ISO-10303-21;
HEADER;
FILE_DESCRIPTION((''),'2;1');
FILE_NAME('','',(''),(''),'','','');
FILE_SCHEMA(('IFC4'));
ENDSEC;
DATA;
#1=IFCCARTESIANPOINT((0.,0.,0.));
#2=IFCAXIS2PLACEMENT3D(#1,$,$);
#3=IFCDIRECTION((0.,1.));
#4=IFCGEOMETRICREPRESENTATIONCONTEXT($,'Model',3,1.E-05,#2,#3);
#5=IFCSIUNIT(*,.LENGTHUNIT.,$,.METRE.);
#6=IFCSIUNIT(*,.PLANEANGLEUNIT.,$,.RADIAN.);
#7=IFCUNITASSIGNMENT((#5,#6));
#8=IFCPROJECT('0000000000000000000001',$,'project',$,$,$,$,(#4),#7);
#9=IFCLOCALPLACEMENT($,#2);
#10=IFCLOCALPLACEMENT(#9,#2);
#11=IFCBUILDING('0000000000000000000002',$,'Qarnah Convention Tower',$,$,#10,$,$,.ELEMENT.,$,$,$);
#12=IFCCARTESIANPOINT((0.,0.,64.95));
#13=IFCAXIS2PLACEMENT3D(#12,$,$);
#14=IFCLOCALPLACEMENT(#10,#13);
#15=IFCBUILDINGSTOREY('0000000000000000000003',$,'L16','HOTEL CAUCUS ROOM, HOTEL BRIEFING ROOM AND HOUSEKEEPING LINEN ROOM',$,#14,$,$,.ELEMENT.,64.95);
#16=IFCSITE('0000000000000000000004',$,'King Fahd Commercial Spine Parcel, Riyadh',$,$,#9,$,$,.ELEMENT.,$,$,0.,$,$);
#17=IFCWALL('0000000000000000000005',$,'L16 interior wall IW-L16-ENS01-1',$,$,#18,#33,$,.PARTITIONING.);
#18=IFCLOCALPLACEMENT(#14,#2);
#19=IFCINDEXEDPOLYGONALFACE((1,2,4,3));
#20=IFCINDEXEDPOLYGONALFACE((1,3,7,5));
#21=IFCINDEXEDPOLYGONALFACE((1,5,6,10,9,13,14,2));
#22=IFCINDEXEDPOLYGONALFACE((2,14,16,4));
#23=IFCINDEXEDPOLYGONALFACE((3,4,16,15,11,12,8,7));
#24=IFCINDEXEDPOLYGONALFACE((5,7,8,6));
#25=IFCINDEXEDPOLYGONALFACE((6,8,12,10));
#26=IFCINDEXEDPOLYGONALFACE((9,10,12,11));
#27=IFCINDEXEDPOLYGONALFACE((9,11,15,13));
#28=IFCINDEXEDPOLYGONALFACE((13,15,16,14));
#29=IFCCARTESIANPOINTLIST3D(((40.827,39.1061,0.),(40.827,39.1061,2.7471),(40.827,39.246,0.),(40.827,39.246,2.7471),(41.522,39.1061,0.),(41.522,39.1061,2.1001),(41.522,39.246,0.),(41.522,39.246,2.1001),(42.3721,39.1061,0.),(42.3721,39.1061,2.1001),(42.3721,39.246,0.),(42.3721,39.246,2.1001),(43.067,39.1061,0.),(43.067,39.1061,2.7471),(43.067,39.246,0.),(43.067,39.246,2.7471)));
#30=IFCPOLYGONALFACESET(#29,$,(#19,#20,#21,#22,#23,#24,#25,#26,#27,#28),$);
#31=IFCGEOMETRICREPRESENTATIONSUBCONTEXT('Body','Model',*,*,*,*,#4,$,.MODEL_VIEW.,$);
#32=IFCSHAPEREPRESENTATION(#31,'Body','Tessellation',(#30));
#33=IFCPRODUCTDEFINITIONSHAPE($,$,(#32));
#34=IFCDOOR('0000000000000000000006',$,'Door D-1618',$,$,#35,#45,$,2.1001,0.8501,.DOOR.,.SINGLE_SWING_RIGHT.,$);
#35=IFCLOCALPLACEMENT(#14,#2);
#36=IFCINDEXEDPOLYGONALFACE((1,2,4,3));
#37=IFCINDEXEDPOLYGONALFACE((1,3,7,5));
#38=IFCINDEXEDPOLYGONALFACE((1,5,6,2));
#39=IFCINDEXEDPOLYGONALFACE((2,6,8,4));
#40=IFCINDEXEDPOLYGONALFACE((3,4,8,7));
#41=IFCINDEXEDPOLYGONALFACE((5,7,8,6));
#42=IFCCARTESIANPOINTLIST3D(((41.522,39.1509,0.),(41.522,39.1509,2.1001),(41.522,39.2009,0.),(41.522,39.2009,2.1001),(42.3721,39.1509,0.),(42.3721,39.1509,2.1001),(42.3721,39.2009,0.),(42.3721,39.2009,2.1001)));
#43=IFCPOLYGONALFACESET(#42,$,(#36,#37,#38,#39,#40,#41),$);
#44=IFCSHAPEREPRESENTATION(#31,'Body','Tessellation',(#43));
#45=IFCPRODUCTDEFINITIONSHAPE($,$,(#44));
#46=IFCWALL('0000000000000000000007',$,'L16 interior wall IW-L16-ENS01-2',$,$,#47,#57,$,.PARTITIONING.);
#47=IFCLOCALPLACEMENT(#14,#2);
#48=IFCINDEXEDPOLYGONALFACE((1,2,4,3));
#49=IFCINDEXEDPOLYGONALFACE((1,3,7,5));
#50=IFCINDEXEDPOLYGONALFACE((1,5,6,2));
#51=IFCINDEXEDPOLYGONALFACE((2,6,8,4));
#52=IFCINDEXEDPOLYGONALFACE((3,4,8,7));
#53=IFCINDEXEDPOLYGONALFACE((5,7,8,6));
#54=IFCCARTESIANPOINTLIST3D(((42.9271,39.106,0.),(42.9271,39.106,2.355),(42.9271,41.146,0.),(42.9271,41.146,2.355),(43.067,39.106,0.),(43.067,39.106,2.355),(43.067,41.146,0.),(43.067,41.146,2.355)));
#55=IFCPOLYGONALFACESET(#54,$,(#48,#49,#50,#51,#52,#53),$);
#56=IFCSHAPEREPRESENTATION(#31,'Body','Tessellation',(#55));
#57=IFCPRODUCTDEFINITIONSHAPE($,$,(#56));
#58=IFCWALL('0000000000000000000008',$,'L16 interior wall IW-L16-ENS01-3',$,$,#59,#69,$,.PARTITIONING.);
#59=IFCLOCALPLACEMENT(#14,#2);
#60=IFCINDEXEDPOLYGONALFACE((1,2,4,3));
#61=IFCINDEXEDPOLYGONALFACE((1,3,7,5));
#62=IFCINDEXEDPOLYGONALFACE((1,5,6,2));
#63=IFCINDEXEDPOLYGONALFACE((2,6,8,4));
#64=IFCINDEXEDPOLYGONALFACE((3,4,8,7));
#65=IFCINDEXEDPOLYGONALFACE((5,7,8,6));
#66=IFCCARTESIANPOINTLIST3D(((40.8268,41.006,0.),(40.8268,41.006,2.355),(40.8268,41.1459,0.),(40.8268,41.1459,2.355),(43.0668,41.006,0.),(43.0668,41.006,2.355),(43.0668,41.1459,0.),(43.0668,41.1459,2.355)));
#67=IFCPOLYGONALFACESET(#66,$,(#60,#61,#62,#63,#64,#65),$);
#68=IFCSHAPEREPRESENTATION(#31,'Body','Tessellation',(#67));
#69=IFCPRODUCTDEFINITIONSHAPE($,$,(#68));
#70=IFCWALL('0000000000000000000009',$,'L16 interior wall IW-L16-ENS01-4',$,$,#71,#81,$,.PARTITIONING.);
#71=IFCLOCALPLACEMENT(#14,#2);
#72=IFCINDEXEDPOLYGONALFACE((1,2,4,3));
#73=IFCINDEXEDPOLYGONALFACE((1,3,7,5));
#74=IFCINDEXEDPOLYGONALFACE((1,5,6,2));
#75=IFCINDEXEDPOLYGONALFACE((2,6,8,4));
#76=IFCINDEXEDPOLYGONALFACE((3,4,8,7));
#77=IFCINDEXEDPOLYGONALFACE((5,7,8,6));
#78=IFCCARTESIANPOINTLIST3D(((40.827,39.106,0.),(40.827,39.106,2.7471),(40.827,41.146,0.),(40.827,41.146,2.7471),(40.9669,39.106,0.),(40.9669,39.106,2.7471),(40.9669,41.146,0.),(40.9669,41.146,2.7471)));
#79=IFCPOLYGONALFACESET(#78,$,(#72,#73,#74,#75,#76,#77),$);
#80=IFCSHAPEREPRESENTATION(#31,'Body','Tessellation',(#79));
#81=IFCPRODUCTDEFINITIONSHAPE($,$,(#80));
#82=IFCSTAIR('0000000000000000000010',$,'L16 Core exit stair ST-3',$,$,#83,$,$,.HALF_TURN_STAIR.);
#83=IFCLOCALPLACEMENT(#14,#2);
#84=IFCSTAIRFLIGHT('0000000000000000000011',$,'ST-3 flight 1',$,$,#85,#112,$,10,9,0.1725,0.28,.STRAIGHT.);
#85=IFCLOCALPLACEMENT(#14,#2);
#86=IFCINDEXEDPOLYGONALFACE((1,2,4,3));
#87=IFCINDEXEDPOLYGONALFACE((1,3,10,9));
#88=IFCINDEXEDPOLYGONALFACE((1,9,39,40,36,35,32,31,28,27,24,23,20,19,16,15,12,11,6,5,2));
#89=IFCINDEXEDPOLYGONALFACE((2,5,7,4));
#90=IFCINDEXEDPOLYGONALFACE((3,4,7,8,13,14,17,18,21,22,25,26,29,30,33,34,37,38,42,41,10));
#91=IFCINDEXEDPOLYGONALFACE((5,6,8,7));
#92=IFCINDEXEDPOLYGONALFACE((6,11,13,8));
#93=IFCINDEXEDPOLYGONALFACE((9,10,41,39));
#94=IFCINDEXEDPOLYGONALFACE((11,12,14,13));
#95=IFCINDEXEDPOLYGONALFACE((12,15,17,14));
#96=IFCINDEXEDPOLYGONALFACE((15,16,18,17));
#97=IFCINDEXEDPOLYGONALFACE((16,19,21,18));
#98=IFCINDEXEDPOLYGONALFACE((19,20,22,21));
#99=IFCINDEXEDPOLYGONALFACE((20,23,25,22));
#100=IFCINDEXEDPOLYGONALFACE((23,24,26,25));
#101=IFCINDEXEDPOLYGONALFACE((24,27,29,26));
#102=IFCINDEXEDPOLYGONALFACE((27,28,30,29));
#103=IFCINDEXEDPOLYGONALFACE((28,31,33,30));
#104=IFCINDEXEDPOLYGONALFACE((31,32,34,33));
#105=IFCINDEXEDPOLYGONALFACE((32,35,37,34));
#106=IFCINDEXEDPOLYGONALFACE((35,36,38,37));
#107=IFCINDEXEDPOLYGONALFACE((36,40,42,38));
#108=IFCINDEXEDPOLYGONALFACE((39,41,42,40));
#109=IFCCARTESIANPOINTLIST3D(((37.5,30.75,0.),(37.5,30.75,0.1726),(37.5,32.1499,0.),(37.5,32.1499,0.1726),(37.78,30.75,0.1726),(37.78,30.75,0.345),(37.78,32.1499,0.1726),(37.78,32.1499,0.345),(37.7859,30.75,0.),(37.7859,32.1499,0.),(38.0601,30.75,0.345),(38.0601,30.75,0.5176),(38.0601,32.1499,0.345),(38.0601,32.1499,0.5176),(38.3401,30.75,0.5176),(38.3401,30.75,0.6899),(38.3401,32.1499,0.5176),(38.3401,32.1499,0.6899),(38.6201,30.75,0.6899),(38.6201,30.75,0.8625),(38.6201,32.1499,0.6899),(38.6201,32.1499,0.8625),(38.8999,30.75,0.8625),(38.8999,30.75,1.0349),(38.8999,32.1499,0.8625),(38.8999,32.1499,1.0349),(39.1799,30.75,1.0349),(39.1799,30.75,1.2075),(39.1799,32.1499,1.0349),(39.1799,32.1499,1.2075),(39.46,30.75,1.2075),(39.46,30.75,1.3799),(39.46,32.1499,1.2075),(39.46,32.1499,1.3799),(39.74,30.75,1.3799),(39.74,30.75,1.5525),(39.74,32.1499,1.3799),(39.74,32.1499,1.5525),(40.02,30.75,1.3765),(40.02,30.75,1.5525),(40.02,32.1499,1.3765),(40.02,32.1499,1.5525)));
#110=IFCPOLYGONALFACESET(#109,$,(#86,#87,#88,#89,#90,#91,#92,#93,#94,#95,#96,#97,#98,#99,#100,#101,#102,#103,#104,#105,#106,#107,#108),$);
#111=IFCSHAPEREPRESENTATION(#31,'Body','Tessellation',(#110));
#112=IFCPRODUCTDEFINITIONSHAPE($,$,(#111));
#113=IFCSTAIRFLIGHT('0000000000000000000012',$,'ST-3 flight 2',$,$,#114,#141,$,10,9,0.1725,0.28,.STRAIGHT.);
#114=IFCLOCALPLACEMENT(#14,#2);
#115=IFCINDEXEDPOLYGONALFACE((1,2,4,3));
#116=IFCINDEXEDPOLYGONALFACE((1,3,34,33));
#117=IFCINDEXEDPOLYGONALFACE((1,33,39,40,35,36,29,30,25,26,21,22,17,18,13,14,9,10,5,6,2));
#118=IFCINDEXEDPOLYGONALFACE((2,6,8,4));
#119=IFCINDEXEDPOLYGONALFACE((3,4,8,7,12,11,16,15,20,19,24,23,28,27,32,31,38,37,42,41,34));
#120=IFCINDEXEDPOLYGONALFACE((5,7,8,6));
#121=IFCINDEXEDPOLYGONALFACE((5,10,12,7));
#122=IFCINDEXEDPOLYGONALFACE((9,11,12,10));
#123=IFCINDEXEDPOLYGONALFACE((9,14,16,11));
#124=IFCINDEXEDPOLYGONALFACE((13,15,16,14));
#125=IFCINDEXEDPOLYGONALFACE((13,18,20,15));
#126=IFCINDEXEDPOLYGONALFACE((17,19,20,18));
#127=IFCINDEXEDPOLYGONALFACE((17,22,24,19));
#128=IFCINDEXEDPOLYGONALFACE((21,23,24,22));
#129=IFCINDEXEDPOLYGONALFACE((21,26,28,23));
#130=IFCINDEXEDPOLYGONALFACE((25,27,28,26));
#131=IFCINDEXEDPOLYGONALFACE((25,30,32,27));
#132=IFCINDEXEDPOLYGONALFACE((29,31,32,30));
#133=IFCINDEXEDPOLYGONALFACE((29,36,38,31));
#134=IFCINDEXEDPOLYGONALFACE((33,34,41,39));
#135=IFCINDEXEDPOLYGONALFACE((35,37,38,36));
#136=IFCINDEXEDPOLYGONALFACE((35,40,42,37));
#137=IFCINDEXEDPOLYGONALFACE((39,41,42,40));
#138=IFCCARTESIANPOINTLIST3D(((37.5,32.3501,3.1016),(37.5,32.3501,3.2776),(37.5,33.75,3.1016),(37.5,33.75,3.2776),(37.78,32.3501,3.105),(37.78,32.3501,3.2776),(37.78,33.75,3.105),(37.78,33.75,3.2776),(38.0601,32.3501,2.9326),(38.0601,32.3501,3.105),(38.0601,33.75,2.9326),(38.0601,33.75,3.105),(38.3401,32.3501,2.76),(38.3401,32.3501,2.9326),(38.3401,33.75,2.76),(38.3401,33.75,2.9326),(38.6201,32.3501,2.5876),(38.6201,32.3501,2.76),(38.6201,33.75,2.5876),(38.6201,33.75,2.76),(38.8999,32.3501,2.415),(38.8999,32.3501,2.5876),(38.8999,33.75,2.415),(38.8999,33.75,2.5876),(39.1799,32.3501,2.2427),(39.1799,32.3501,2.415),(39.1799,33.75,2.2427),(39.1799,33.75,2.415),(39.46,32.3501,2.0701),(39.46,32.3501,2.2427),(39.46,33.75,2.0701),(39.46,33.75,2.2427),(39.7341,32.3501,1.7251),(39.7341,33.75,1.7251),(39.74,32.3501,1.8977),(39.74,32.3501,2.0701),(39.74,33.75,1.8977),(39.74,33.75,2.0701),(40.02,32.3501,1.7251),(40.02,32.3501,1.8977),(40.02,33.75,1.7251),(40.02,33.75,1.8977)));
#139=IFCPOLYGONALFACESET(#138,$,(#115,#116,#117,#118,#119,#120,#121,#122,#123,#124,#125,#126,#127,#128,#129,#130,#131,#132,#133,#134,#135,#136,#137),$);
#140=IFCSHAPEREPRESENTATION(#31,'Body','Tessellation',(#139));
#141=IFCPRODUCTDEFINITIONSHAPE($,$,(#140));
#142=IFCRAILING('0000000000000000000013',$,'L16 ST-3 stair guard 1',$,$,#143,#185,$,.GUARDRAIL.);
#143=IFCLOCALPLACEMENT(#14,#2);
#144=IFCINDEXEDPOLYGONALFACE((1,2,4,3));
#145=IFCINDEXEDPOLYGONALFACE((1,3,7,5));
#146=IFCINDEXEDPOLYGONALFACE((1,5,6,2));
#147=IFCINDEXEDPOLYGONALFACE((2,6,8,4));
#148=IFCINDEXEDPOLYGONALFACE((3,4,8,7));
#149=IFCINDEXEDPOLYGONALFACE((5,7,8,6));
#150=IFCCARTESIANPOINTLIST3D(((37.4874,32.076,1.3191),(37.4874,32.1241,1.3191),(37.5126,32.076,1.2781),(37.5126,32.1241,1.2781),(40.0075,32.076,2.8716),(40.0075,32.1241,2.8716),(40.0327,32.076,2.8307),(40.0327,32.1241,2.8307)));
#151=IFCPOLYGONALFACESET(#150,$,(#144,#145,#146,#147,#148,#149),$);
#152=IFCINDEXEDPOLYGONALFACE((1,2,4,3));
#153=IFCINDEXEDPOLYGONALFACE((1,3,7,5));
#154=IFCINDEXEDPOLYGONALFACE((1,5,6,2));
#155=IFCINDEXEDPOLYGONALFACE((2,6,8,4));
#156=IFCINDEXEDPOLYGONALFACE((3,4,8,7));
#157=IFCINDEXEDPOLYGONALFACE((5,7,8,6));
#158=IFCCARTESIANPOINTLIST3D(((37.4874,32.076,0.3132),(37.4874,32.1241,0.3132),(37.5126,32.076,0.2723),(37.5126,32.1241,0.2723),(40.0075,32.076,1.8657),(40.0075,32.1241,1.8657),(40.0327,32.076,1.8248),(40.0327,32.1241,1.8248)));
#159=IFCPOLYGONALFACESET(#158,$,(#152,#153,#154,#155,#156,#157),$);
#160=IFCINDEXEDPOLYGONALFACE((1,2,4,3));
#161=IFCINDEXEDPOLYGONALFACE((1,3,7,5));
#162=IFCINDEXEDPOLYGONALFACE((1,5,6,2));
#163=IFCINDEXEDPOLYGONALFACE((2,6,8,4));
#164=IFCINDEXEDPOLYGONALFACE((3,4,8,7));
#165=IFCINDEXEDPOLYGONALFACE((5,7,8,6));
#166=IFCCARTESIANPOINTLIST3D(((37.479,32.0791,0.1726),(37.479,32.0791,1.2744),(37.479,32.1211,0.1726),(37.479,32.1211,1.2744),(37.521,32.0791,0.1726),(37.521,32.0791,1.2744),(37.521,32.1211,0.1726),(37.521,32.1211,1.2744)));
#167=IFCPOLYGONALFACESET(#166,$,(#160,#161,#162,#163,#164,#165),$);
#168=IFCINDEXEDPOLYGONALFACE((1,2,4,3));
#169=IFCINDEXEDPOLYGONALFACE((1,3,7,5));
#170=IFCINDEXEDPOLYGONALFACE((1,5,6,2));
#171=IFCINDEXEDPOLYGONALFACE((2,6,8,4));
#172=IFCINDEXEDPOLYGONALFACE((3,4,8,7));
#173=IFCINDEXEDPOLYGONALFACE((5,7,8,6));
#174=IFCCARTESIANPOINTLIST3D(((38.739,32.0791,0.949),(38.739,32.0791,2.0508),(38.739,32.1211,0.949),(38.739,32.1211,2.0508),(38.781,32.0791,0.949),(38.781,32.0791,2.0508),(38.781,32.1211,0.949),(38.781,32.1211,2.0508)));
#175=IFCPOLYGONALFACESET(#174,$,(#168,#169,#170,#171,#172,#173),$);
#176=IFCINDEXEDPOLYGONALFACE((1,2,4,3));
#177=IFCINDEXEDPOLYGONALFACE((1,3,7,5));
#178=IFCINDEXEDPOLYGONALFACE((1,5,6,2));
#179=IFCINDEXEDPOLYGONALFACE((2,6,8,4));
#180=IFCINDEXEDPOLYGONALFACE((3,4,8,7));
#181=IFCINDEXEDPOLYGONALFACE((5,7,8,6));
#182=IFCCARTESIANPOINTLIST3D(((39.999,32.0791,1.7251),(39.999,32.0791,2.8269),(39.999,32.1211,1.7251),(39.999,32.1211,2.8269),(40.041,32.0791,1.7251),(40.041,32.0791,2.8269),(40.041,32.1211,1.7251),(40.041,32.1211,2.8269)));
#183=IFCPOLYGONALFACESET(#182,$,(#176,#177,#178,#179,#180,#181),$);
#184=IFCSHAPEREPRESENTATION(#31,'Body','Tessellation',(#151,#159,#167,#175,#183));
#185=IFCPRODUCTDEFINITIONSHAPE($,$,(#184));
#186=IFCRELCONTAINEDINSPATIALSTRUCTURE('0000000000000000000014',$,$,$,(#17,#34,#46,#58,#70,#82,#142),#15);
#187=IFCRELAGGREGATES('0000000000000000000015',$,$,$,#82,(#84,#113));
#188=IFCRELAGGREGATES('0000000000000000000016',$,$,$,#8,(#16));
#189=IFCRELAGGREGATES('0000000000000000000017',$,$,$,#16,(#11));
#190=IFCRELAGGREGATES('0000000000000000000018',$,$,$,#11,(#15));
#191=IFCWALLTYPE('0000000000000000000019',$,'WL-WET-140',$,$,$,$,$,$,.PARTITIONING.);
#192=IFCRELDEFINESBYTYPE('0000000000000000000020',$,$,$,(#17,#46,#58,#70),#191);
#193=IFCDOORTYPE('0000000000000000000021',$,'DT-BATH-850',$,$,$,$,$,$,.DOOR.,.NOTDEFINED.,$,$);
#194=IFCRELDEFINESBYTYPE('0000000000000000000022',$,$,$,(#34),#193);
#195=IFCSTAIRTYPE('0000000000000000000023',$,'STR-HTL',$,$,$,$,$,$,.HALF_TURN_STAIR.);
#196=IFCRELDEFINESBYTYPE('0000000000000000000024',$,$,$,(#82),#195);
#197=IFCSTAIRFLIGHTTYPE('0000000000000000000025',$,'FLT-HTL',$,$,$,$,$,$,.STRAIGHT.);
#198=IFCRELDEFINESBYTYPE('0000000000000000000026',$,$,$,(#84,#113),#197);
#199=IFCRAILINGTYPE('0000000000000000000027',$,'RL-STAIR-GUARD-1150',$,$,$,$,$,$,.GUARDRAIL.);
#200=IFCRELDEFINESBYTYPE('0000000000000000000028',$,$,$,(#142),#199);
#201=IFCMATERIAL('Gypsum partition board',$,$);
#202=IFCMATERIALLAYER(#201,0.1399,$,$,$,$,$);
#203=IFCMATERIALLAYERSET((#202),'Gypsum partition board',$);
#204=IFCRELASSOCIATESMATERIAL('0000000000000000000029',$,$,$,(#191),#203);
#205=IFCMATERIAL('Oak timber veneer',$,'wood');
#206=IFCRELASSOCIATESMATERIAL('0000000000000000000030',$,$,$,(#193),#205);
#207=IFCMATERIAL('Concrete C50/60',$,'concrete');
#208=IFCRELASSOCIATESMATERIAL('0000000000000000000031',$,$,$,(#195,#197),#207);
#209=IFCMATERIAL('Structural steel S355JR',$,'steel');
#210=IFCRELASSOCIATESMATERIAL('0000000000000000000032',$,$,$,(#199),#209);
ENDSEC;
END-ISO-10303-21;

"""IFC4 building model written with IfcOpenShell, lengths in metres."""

from ifc_helpers import new_model, si_unit, direction, frame, frame_2d, origin, origin_2d, place, context, subcontext, project, spatial, polyline, rectangle, outline, extrude, material, layer, layer_set, type_object, element, fill, aggregate, save


model = new_model("IFC4")

# Units and contexts
model_context = context("Model", 3, precision=1e-05, world=origin(), true_north=direction((0.0, 1.0)))
body_context = subcontext(model_context, "Body", "Model", "MODEL_VIEW")
ifc_project = project(units=[si_unit("LENGTHUNIT", "METRE"), si_unit("PLANEANGLEUNIT", "RADIAN")], contexts=[model_context])

# Site, building, storey
site_placement = place(None, origin())
site = spatial("IfcSite", under=ifc_project, at=site_placement, Name="King Fahd Commercial Spine Parcel, Riyadh", CompositionType="ELEMENT", RefElevation=0.0)
building_placement = place(site_placement, origin())
building = spatial("IfcBuilding", under=site, at=building_placement, Name="Qarnah Convention Tower", CompositionType="ELEMENT")
storey_placement = place(building_placement, frame((0.0, 0.0, 64.95)))
storey = spatial("IfcBuildingStorey", under=building, at=storey_placement, Name="L16", Description="HOTEL CAUCUS ROOM, HOTEL BRIEFING ROOM AND HOUSEKEEPING LINEN ROOM", CompositionType="ELEMENT", Elevation=64.95)

# Shared definitions
ifc_material_1 = material(Name="Structural steel S355JR", Category="steel")

# Shared definitions
ifc_material_2 = material(Name="Gypsum partition board")

# Wall, opening, door
ifc_material_3 = material(Name="Oak timber veneer", Category="wood")
ifc_layer_1 = layer(ifc_material_2, 0.1399)
ifc_layer_set_1 = layer_set([ifc_layer_1], Name="Gypsum partition board")
wall_type_1 = type_object("IfcWallType", Name="WL-WET-140", PredefinedType="PARTITIONING", material=ifc_layer_set_1)
wall_1_placement = place(storey_placement, frame((40.8269, 39.176, 0.0), z_axis=(0.0, 0.0, 1.0), x_axis=(1.0, 0.0, 0.0)))
wall_1 = element("IfcWall", 1, at=wall_1_placement, inside=storey, type_object=wall_type_1, Name="L16 interior wall IW-L16-ENS01-1", PredefinedType="PARTITIONING", context=body_context, shape_type="SweptSolid", body=[
    extrude(rectangle(XDim=2.24, YDim=0.1399, at=frame_2d((1.1201, 0.0))), origin(), (0.0, 0.0, 1.0), 2.7471),
])
opening_1_placement = place(wall_1_placement, frame((0.6951, 0.0, 0.0)))
opening_1 = element("IfcOpeningElement", 2, at=opening_1_placement, cuts=wall_1, PredefinedType="OPENING", context=body_context, shape_type="SweptSolid", body=[
    extrude(rectangle(XDim=0.8501, YDim=2.1001, at=frame_2d((0.425, 1.05))), frame((0.0, 0.0798, 0.0), z_axis=(0.0, -1.0, 0.0), x_axis=(1.0, 0.0, 0.0)), (0.0, 0.0, 1.0), 0.1599),
])
door_type_1 = type_object("IfcDoorType", Name="DT-BATH-850", OperationType="NOTDEFINED", PredefinedType="DOOR", material=ifc_material_3)
door_1_placement = place(opening_1_placement, origin())
door_1 = element("IfcDoor", 3, at=door_1_placement, inside=storey, type_object=door_type_1, Name="Door D-1618", OperationType="SINGLE_SWING_RIGHT", OverallHeight=2.1001, OverallWidth=0.8501, PredefinedType="DOOR", context=body_context, shape_type="SweptSolid", body=[
    extrude(rectangle(XDim=0.8501, YDim=2.1001, at=frame_2d((0.425, 1.05))), frame((0.0, 0.0249, 0.0), z_axis=(0.0, -1.0, 0.0), x_axis=(1.0, 0.0, 0.0)), (0.0, 0.0, 1.0), 0.05),
])
fill(opening_1, door_1)

# Walls
wall_2_placement = place(storey_placement, frame((42.9971, 39.106, 0.0), z_axis=(0.0, 0.0, 1.0), x_axis=(0.0, 1.0, 0.0)))
element("IfcWall", 4, at=wall_2_placement, inside=storey, type_object=wall_type_1, Name="L16 interior wall IW-L16-ENS01-2", PredefinedType="PARTITIONING", context=body_context, shape_type="SweptSolid", body=[
    extrude(rectangle(XDim=2.04, YDim=0.1399, at=frame_2d((1.02, 0.0))), origin(), (0.0, 0.0, 1.0), 2.355),
])
wall_3_placement = place(storey_placement, frame((43.0669, 41.0759, 0.0), z_axis=(0.0, 0.0, 1.0), x_axis=(-1.0, 0.0, 0.0)))
element("IfcWall", 5, at=wall_3_placement, inside=storey, type_object=wall_type_1, Name="L16 interior wall IW-L16-ENS01-3", PredefinedType="PARTITIONING", context=body_context, shape_type="SweptSolid", body=[
    extrude(rectangle(XDim=2.24, YDim=0.1399, at=frame_2d((1.1201, 0.0))), origin(), (0.0, 0.0, 1.0), 2.355),
])
wall_4_placement = place(storey_placement, frame((40.897, 41.146, 0.0), z_axis=(0.0, 0.0, 1.0), x_axis=(0.0, -1.0, 0.0)))
element("IfcWall", 6, at=wall_4_placement, inside=storey, type_object=wall_type_1, Name="L16 interior wall IW-L16-ENS01-4", PredefinedType="PARTITIONING", context=body_context, shape_type="SweptSolid", body=[
    extrude(rectangle(XDim=2.04, YDim=0.1399, at=frame_2d((1.02, 0.0))), origin(), (0.0, 0.0, 1.0), 2.7471),
])

# Stair, stair flights
ifc_material_4 = material(Name="Concrete C50/60", Category="concrete")
stair_type = type_object("IfcStairType", Name="STR-HTL", PredefinedType="HALF_TURN_STAIR", material=ifc_material_4)
stair_placement = place(storey_placement, origin())
stair = element("IfcStair", 7, at=stair_placement, inside=storey, type_object=stair_type, Name="L16 Core exit stair ST-3", PredefinedType="HALF_TURN_STAIR")
stair_flight_type = type_object("IfcStairFlightType", Name="FLT-HTL", PredefinedType="STRAIGHT", material=ifc_material_4)
stair_flight_1_placement = place(storey_placement, frame((37.5, 31.45, 0.0), z_axis=(0.0, 0.0, 1.0), x_axis=(1.0, 0.0, 0.0)))
stair_flight_1 = element("IfcStairFlight", 8, at=stair_flight_1_placement, type_object=stair_flight_type, Name="ST-3 flight 1", NumberOfRisers=10, NumberOfTreads=9, PredefinedType="STRAIGHT", RiserHeight=0.1725, TreadLength=0.28, context=body_context, shape_type="SweptSolid", body=[
    extrude(outline(polyline([(0.0, 0.0), (0.0, 0.1726), (0.28, 0.1726), (0.28, 0.345), (0.5601, 0.345), (0.5601, 0.5176), (0.8401, 0.5176), (0.8401, 0.6899), (1.1201, 0.6899), (1.1201, 0.8625), (1.3999, 0.8625), (1.3999, 1.0349), (1.6799, 1.0349), (1.6799, 1.2075), (1.96, 1.2075), (1.96, 1.3799), (2.24, 1.3799), (2.24, 1.5525), (2.52, 1.5525), (2.52, 1.7251), (2.52, 1.3765), (0.2859, 0.0), (0.0, 0.0)])), frame((0.0, 0.7, 0.0), z_axis=(0.0, -1.0, 0.0), x_axis=(1.0, 0.0, 0.0)), (0.0, 0.0, 1.0), 1.3999),
])
stair_flight_2_placement = place(storey_placement, frame((40.02, 33.05, 1.7251), z_axis=(0.0, 0.0, 1.0), x_axis=(-1.0, 0.0, 0.0)))
stair_flight_2 = element("IfcStairFlight", 9, at=stair_flight_2_placement, type_object=stair_flight_type, Name="ST-3 flight 2", NumberOfRisers=10, NumberOfTreads=9, PredefinedType="STRAIGHT", RiserHeight=0.1725, TreadLength=0.28, context=body_context, shape_type="SweptSolid", body=[
    extrude(outline(polyline([(0.0, 0.0), (0.0, 0.1726), (0.28, 0.1726), (0.28, 0.345), (0.5601, 0.345), (0.5601, 0.5176), (0.8401, 0.5176), (0.8401, 0.6899), (1.1201, 0.6899), (1.1201, 0.8625), (1.3999, 0.8625), (1.3999, 1.0349), (1.6799, 1.0349), (1.6799, 1.2075), (1.96, 1.2075), (1.96, 1.3799), (2.24, 1.3799), (2.24, 1.5525), (2.52, 1.5525), (2.52, 1.7251), (2.52, 1.3765), (0.2859, 0.0), (0.0, 0.0)])), frame((0.0, 0.7, 0.0), z_axis=(0.0, -1.0, 0.0), x_axis=(1.0, 0.0, 0.0)), (0.0, 0.0, 1.0), 1.3999),
])
aggregate(stair, [stair_flight_1, stair_flight_2])

# Railing
railing_type_1 = type_object("IfcRailingType", Name="RL-STAIR-GUARD-1150", PredefinedType="GUARDRAIL", material=ifc_material_1)
railing_1_placement = place(storey_placement, frame((37.5, 32.1001, 0.1726)))
element("IfcRailing", 10, at=railing_1_placement, inside=storey, type_object=railing_type_1, Name="L16 ST-3 stair guard 1", PredefinedType="GUARDRAIL", context=body_context, shape_type="SweptSolid", body=[
    extrude(rectangle(XDim=0.0481, YDim=0.0481, at=origin_2d()), frame((0.0, 0.0, 1.126), z_axis=(0.8514, 0.0, 0.524516), x_axis=(0.0, 1.0, 0.0)), (0.0, 0.0, 1.0), 2.96),
    extrude(rectangle(XDim=0.0481, YDim=0.0481, at=origin_2d()), frame((0.0, 0.0, 0.1201), z_axis=(0.8514, 0.0, 0.524516), x_axis=(0.0, 1.0, 0.0)), (0.0, 0.0, 1.0), 2.96),
    extrude(rectangle(XDim=0.042, YDim=0.042, at=origin_2d()), origin(), (0.0, 0.0, 1.0), 1.1018),
    extrude(rectangle(XDim=0.042, YDim=0.042, at=origin_2d()), frame((1.26, 0.0, 0.7764)), (0.0, 0.0, 1.0), 1.1018),
    extrude(rectangle(XDim=0.042, YDim=0.042, at=origin_2d()), frame((2.52, 0.0, 1.5525)), (0.0, 0.0, 1.0), 1.1018),
])

save(model, "model.ifc")
